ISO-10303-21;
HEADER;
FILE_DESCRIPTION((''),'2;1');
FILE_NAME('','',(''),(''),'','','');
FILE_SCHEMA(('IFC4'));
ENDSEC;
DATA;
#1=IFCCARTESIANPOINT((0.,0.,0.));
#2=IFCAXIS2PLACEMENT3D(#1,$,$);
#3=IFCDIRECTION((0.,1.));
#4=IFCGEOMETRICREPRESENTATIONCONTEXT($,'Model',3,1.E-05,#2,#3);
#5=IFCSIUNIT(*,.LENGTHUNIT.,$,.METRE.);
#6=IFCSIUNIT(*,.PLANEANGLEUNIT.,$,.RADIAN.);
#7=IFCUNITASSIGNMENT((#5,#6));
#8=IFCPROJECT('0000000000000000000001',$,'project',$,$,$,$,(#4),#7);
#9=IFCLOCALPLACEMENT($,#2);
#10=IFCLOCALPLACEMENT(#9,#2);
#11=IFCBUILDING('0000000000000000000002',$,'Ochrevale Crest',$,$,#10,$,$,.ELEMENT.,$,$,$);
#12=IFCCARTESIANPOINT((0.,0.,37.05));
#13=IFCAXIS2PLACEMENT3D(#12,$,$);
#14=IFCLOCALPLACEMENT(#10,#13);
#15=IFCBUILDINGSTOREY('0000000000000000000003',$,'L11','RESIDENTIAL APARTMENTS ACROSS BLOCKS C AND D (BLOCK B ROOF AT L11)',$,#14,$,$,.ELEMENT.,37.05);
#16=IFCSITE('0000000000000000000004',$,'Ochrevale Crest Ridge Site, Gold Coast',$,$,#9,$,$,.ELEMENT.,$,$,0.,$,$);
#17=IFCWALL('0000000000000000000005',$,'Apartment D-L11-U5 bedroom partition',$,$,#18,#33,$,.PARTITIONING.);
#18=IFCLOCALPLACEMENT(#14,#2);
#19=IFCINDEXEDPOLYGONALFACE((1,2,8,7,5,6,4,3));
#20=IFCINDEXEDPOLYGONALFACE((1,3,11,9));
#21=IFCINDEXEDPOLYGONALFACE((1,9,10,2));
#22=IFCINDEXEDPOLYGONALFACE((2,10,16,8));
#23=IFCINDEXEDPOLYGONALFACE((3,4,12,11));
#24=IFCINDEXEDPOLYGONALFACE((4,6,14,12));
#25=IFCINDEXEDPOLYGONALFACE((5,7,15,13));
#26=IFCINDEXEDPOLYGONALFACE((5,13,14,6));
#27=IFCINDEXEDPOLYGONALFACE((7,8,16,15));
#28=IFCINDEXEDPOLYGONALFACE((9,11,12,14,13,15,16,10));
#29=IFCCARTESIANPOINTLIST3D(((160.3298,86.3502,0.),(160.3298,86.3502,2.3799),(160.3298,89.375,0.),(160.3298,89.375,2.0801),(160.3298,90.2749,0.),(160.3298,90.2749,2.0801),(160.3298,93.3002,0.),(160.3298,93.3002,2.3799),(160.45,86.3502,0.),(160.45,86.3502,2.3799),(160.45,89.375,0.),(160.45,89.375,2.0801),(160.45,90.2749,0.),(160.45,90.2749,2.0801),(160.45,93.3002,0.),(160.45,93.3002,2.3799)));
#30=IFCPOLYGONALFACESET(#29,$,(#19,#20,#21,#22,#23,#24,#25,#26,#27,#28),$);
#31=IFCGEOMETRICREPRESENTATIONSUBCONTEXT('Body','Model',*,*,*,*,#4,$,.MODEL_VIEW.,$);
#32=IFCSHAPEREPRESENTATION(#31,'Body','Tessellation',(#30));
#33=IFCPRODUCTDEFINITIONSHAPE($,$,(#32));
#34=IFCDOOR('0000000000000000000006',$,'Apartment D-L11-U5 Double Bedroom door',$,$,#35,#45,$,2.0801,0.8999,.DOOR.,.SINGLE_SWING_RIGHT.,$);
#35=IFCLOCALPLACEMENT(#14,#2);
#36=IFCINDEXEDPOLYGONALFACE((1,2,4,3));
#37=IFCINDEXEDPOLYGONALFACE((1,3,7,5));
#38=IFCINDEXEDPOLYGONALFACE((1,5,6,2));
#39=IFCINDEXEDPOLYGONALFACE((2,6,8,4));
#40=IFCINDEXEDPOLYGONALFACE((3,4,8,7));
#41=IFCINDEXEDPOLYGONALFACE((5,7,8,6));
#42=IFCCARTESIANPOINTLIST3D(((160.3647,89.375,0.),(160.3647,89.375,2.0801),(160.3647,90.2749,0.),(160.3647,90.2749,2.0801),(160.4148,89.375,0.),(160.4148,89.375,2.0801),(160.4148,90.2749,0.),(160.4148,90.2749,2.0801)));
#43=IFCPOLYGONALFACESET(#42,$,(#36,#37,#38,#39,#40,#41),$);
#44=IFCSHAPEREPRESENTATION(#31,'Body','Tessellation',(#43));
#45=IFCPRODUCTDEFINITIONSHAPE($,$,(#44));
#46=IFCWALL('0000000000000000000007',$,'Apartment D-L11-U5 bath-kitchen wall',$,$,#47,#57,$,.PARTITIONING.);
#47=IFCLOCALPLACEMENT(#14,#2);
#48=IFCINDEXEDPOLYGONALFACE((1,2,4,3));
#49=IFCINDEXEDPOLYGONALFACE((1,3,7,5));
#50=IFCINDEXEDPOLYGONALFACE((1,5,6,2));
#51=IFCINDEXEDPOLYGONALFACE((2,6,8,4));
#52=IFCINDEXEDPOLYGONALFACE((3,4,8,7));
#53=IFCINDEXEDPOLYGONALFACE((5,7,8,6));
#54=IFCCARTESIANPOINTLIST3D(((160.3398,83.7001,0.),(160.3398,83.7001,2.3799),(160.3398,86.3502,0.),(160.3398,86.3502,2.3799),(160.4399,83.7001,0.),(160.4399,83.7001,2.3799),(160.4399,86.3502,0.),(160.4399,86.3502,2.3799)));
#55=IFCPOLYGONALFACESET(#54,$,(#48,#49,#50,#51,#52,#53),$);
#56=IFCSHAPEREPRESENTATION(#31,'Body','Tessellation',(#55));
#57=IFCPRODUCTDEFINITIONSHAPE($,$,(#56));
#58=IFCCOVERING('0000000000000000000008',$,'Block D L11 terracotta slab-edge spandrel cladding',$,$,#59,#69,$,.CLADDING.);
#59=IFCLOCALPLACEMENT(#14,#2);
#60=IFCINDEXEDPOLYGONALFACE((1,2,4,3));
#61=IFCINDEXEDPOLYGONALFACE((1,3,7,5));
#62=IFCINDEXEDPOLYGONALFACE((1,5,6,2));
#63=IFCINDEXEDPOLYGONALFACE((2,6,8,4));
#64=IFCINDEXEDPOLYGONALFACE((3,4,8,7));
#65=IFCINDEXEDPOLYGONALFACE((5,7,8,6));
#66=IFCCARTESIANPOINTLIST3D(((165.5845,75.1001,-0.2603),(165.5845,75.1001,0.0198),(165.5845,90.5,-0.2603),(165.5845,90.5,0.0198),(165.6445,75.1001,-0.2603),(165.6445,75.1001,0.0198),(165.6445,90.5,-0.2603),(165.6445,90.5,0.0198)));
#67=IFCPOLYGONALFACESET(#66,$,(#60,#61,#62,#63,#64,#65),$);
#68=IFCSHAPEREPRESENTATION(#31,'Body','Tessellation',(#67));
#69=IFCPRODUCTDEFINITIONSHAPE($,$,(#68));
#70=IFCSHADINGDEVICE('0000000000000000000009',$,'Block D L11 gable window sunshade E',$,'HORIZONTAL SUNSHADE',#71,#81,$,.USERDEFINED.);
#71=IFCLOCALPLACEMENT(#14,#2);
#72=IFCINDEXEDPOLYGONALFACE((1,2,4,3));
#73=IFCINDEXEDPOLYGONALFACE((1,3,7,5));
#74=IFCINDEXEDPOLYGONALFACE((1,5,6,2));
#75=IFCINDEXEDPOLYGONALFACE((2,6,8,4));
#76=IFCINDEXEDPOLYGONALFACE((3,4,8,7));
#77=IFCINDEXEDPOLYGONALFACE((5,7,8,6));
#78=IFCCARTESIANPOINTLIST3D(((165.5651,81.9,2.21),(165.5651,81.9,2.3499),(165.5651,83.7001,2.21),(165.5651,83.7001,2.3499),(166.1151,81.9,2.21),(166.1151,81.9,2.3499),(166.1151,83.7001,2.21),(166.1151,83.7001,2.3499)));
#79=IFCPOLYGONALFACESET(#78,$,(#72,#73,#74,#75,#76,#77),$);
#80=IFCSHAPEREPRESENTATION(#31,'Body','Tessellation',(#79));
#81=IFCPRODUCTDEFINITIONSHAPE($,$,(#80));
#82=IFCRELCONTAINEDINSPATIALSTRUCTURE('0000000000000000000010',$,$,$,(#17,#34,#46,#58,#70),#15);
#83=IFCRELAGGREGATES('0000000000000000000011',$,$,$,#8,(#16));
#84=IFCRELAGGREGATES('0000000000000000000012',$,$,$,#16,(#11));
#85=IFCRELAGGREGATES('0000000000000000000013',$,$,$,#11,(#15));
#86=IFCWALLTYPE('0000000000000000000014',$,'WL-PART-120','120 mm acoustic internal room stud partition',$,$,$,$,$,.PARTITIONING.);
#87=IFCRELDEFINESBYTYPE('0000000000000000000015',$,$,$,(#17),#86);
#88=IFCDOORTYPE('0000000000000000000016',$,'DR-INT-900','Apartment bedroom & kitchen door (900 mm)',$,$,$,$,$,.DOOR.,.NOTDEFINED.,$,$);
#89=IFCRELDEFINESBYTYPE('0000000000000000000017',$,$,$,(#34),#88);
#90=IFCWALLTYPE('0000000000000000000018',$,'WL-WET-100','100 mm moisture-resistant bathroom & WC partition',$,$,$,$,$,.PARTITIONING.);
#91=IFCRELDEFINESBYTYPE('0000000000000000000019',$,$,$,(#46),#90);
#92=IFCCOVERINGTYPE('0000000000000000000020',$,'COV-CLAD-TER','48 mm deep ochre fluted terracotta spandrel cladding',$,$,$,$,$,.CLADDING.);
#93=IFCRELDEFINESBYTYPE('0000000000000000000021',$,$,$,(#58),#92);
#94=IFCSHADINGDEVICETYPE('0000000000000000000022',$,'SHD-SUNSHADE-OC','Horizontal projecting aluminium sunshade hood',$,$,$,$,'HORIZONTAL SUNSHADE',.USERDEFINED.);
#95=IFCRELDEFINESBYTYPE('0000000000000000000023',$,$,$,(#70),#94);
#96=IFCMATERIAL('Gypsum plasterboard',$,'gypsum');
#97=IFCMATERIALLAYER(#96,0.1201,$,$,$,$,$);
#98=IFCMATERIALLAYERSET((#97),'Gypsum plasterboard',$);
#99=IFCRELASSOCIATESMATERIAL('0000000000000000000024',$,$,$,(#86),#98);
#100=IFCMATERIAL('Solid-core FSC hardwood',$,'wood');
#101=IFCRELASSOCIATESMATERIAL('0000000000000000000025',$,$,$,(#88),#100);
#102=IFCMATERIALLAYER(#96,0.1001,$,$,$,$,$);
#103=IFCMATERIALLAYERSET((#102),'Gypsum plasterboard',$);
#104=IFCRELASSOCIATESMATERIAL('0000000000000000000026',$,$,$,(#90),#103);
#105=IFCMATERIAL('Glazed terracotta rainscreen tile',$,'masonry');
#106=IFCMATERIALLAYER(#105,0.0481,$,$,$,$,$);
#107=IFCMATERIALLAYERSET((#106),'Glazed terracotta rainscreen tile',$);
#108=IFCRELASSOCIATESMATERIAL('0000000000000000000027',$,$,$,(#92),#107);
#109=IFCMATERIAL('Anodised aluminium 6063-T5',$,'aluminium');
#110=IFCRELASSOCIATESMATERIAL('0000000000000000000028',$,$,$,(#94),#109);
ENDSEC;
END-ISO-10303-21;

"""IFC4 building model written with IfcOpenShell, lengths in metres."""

from ifc_helpers import new_model, si_unit, direction, frame, frame_2d, origin, origin_2d, place, context, subcontext, project, spatial, rectangle, extrude, material, layer, layer_set, type_object, element, fill, save


model = new_model("IFC4")

# Units and contexts
model_context = context("Model", 3, precision=1e-05, world=origin(), true_north=direction((0.0, 1.0)))
body_context = subcontext(model_context, "Body", "Model", "MODEL_VIEW")
ifc_project = project(units=[si_unit("LENGTHUNIT", "METRE"), si_unit("PLANEANGLEUNIT", "RADIAN")], contexts=[model_context])

# Site, building, storey
site_placement = place(None, origin())
site = spatial("IfcSite", under=ifc_project, at=site_placement, Name="Ochrevale Crest Ridge Site, Gold Coast", CompositionType="ELEMENT", RefElevation=0.0)
building_placement = place(site_placement, origin())
building = spatial("IfcBuilding", under=site, at=building_placement, Name="Ochrevale Crest", CompositionType="ELEMENT")
storey_placement = place(building_placement, frame((0.0, 0.0, 37.05)))
storey = spatial("IfcBuildingStorey", under=building, at=storey_placement, Name="L11", Description="RESIDENTIAL APARTMENTS ACROSS BLOCKS C AND D (BLOCK B ROOF AT L11)", CompositionType="ELEMENT", Elevation=37.05)

# Shared definitions
ifc_material_1 = material(Name="Anodised aluminium 6063-T5", Category="aluminium")

# Shared definitions
ifc_material_2 = material(Name="Gypsum plasterboard", Category="gypsum")
ifc_material_3 = material(Name="Solid-core FSC hardwood", Category="wood")

# Shared definitions
ifc_layer_1 = layer(ifc_material_2, 0.1201)
ifc_layer_set_1 = layer_set([ifc_layer_1], Name="Gypsum plasterboard")
wall_type_1 = type_object("IfcWallType", Name="WL-PART-120", Description="120 mm acoustic internal room stud partition", PredefinedType="PARTITIONING", material=ifc_layer_set_1)

# Shared definitions
door_type_1 = type_object("IfcDoorType", Name="DR-INT-900", Description="Apartment bedroom & kitchen door (900 mm)", OperationType="NOTDEFINED", PredefinedType="DOOR", material=ifc_material_3)

# Wall, opening, door
wall_1_placement = place(storey_placement, frame((160.3899, 86.3501, 0.0), z_axis=(0.0, 0.0, 1.0), x_axis=(0.0, 1.0, 0.0)))
wall_1 = element("IfcWall", 1, at=wall_1_placement, inside=storey, type_object=wall_type_1, Name="Apartment D-L11-U5 bedroom partition", PredefinedType="PARTITIONING", context=body_context, shape_type="SweptSolid", body=[
    extrude(rectangle(XDim=6.95, YDim=0.1201, at=frame_2d((3.4751, 0.0))), origin(), (0.0, 0.0, 1.0), 2.3799),
])
opening_1_placement = place(wall_1_placement, frame((3.9248, 0.0, 0.0), z_axis=(0.0, 0.0, 1.0), x_axis=(-1.0, 0.0, 0.0)))
opening_1 = element("IfcOpeningElement", 2, at=opening_1_placement, cuts=wall_1, PredefinedType="OPENING", context=body_context, shape_type="SweptSolid", body=[
    extrude(rectangle(XDim=0.8999, YDim=2.0801, at=frame_2d((0.45, 1.04))), frame((0.0, 0.0701, 0.0), z_axis=(0.0, -1.0, 0.0), x_axis=(1.0, 0.0, 0.0)), (0.0, 0.0, 1.0), 0.1401),
])
door_1_placement = place(opening_1_placement, origin())
door_1 = element("IfcDoor", 3, at=door_1_placement, inside=storey, type_object=door_type_1, Name="Apartment D-L11-U5 Double Bedroom door", OperationType="SINGLE_SWING_RIGHT", OverallHeight=2.0801, OverallWidth=0.8999, PredefinedType="DOOR", context=body_context, shape_type="SweptSolid", body=[
    extrude(rectangle(XDim=0.8999, YDim=2.0801, at=frame_2d((0.45, 1.04))), frame((0.0, 0.0249, 0.0), z_axis=(0.0, -1.0, 0.0), x_axis=(1.0, 0.0, 0.0)), (0.0, 0.0, 1.0), 0.05),
])
fill(opening_1, door_1)

# Wall
ifc_layer_2 = layer(ifc_material_2, 0.1001)
ifc_layer_set_2 = layer_set([ifc_layer_2], Name="Gypsum plasterboard")
wall_type_2 = type_object("IfcWallType", Name="WL-WET-100", Description="100 mm moisture-resistant bathroom & WC partition", PredefinedType="PARTITIONING", material=ifc_layer_set_2)
wall_2_placement = place(storey_placement, frame((160.3899, 83.7, 0.0), z_axis=(0.0, 0.0, 1.0), x_axis=(0.0, 1.0, 0.0)))
element("IfcWall", 4, at=wall_2_placement, inside=storey, type_object=wall_type_2, Name="Apartment D-L11-U5 bath-kitchen wall", PredefinedType="PARTITIONING", context=body_context, shape_type="SweptSolid", body=[
    extrude(rectangle(XDim=2.6501, YDim=0.1001, at=frame_2d((1.3252, 0.0))), origin(), (0.0, 0.0, 1.0), 2.3799),
])

# Covering
ifc_material_4 = material(Name="Glazed terracotta rainscreen tile", Category="masonry")
ifc_layer_3 = layer(ifc_material_4, 0.0481)
ifc_layer_set_3 = layer_set([ifc_layer_3], Name="Glazed terracotta rainscreen tile")
covering_type = type_object("IfcCoveringType", Name="COV-CLAD-TER", Description="48 mm deep ochre fluted terracotta spandrel cladding", PredefinedType="CLADDING", material=ifc_layer_set_3)
covering_placement = place(storey_placement, frame((165.6145, 82.8, -0.2603), z_axis=(0.0, 0.0, 1.0), x_axis=(0.0, 1.0, 0.0)))
element("IfcCovering", 5, at=covering_placement, inside=storey, type_object=covering_type, Name="Block D L11 terracotta slab-edge spandrel cladding", PredefinedType="CLADDING", context=body_context, shape_type="SweptSolid", body=[
    extrude(rectangle(XDim=15.3999, YDim=0.0601, at=origin_2d()), origin(), (0.0, 0.0, 1.0), 0.28),
])

# Shading device
shading_device_type = type_object("IfcShadingDeviceType", Name="SHD-SUNSHADE-OC", Description="Horizontal projecting aluminium sunshade hood", ElementType="HORIZONTAL SUNSHADE", PredefinedType="USERDEFINED", material=ifc_material_1)
shading_device_placement = place(storey_placement, frame((165.8401, 82.8, 2.21), z_axis=(0.0, 0.0, 1.0), x_axis=(1.0, 0.0, 0.0)))
element("IfcShadingDevice", 6, at=shading_device_placement, inside=storey, type_object=shading_device_type, Name="Block D L11 gable window sunshade E", ObjectType="HORIZONTAL SUNSHADE", PredefinedType="USERDEFINED", context=body_context, shape_type="SweptSolid", body=[
    extrude(rectangle(XDim=0.55, YDim=1.8, at=origin_2d()), origin(), (0.0, 0.0, 1.0), 0.1399),
])

save(model, "model.ifc")
